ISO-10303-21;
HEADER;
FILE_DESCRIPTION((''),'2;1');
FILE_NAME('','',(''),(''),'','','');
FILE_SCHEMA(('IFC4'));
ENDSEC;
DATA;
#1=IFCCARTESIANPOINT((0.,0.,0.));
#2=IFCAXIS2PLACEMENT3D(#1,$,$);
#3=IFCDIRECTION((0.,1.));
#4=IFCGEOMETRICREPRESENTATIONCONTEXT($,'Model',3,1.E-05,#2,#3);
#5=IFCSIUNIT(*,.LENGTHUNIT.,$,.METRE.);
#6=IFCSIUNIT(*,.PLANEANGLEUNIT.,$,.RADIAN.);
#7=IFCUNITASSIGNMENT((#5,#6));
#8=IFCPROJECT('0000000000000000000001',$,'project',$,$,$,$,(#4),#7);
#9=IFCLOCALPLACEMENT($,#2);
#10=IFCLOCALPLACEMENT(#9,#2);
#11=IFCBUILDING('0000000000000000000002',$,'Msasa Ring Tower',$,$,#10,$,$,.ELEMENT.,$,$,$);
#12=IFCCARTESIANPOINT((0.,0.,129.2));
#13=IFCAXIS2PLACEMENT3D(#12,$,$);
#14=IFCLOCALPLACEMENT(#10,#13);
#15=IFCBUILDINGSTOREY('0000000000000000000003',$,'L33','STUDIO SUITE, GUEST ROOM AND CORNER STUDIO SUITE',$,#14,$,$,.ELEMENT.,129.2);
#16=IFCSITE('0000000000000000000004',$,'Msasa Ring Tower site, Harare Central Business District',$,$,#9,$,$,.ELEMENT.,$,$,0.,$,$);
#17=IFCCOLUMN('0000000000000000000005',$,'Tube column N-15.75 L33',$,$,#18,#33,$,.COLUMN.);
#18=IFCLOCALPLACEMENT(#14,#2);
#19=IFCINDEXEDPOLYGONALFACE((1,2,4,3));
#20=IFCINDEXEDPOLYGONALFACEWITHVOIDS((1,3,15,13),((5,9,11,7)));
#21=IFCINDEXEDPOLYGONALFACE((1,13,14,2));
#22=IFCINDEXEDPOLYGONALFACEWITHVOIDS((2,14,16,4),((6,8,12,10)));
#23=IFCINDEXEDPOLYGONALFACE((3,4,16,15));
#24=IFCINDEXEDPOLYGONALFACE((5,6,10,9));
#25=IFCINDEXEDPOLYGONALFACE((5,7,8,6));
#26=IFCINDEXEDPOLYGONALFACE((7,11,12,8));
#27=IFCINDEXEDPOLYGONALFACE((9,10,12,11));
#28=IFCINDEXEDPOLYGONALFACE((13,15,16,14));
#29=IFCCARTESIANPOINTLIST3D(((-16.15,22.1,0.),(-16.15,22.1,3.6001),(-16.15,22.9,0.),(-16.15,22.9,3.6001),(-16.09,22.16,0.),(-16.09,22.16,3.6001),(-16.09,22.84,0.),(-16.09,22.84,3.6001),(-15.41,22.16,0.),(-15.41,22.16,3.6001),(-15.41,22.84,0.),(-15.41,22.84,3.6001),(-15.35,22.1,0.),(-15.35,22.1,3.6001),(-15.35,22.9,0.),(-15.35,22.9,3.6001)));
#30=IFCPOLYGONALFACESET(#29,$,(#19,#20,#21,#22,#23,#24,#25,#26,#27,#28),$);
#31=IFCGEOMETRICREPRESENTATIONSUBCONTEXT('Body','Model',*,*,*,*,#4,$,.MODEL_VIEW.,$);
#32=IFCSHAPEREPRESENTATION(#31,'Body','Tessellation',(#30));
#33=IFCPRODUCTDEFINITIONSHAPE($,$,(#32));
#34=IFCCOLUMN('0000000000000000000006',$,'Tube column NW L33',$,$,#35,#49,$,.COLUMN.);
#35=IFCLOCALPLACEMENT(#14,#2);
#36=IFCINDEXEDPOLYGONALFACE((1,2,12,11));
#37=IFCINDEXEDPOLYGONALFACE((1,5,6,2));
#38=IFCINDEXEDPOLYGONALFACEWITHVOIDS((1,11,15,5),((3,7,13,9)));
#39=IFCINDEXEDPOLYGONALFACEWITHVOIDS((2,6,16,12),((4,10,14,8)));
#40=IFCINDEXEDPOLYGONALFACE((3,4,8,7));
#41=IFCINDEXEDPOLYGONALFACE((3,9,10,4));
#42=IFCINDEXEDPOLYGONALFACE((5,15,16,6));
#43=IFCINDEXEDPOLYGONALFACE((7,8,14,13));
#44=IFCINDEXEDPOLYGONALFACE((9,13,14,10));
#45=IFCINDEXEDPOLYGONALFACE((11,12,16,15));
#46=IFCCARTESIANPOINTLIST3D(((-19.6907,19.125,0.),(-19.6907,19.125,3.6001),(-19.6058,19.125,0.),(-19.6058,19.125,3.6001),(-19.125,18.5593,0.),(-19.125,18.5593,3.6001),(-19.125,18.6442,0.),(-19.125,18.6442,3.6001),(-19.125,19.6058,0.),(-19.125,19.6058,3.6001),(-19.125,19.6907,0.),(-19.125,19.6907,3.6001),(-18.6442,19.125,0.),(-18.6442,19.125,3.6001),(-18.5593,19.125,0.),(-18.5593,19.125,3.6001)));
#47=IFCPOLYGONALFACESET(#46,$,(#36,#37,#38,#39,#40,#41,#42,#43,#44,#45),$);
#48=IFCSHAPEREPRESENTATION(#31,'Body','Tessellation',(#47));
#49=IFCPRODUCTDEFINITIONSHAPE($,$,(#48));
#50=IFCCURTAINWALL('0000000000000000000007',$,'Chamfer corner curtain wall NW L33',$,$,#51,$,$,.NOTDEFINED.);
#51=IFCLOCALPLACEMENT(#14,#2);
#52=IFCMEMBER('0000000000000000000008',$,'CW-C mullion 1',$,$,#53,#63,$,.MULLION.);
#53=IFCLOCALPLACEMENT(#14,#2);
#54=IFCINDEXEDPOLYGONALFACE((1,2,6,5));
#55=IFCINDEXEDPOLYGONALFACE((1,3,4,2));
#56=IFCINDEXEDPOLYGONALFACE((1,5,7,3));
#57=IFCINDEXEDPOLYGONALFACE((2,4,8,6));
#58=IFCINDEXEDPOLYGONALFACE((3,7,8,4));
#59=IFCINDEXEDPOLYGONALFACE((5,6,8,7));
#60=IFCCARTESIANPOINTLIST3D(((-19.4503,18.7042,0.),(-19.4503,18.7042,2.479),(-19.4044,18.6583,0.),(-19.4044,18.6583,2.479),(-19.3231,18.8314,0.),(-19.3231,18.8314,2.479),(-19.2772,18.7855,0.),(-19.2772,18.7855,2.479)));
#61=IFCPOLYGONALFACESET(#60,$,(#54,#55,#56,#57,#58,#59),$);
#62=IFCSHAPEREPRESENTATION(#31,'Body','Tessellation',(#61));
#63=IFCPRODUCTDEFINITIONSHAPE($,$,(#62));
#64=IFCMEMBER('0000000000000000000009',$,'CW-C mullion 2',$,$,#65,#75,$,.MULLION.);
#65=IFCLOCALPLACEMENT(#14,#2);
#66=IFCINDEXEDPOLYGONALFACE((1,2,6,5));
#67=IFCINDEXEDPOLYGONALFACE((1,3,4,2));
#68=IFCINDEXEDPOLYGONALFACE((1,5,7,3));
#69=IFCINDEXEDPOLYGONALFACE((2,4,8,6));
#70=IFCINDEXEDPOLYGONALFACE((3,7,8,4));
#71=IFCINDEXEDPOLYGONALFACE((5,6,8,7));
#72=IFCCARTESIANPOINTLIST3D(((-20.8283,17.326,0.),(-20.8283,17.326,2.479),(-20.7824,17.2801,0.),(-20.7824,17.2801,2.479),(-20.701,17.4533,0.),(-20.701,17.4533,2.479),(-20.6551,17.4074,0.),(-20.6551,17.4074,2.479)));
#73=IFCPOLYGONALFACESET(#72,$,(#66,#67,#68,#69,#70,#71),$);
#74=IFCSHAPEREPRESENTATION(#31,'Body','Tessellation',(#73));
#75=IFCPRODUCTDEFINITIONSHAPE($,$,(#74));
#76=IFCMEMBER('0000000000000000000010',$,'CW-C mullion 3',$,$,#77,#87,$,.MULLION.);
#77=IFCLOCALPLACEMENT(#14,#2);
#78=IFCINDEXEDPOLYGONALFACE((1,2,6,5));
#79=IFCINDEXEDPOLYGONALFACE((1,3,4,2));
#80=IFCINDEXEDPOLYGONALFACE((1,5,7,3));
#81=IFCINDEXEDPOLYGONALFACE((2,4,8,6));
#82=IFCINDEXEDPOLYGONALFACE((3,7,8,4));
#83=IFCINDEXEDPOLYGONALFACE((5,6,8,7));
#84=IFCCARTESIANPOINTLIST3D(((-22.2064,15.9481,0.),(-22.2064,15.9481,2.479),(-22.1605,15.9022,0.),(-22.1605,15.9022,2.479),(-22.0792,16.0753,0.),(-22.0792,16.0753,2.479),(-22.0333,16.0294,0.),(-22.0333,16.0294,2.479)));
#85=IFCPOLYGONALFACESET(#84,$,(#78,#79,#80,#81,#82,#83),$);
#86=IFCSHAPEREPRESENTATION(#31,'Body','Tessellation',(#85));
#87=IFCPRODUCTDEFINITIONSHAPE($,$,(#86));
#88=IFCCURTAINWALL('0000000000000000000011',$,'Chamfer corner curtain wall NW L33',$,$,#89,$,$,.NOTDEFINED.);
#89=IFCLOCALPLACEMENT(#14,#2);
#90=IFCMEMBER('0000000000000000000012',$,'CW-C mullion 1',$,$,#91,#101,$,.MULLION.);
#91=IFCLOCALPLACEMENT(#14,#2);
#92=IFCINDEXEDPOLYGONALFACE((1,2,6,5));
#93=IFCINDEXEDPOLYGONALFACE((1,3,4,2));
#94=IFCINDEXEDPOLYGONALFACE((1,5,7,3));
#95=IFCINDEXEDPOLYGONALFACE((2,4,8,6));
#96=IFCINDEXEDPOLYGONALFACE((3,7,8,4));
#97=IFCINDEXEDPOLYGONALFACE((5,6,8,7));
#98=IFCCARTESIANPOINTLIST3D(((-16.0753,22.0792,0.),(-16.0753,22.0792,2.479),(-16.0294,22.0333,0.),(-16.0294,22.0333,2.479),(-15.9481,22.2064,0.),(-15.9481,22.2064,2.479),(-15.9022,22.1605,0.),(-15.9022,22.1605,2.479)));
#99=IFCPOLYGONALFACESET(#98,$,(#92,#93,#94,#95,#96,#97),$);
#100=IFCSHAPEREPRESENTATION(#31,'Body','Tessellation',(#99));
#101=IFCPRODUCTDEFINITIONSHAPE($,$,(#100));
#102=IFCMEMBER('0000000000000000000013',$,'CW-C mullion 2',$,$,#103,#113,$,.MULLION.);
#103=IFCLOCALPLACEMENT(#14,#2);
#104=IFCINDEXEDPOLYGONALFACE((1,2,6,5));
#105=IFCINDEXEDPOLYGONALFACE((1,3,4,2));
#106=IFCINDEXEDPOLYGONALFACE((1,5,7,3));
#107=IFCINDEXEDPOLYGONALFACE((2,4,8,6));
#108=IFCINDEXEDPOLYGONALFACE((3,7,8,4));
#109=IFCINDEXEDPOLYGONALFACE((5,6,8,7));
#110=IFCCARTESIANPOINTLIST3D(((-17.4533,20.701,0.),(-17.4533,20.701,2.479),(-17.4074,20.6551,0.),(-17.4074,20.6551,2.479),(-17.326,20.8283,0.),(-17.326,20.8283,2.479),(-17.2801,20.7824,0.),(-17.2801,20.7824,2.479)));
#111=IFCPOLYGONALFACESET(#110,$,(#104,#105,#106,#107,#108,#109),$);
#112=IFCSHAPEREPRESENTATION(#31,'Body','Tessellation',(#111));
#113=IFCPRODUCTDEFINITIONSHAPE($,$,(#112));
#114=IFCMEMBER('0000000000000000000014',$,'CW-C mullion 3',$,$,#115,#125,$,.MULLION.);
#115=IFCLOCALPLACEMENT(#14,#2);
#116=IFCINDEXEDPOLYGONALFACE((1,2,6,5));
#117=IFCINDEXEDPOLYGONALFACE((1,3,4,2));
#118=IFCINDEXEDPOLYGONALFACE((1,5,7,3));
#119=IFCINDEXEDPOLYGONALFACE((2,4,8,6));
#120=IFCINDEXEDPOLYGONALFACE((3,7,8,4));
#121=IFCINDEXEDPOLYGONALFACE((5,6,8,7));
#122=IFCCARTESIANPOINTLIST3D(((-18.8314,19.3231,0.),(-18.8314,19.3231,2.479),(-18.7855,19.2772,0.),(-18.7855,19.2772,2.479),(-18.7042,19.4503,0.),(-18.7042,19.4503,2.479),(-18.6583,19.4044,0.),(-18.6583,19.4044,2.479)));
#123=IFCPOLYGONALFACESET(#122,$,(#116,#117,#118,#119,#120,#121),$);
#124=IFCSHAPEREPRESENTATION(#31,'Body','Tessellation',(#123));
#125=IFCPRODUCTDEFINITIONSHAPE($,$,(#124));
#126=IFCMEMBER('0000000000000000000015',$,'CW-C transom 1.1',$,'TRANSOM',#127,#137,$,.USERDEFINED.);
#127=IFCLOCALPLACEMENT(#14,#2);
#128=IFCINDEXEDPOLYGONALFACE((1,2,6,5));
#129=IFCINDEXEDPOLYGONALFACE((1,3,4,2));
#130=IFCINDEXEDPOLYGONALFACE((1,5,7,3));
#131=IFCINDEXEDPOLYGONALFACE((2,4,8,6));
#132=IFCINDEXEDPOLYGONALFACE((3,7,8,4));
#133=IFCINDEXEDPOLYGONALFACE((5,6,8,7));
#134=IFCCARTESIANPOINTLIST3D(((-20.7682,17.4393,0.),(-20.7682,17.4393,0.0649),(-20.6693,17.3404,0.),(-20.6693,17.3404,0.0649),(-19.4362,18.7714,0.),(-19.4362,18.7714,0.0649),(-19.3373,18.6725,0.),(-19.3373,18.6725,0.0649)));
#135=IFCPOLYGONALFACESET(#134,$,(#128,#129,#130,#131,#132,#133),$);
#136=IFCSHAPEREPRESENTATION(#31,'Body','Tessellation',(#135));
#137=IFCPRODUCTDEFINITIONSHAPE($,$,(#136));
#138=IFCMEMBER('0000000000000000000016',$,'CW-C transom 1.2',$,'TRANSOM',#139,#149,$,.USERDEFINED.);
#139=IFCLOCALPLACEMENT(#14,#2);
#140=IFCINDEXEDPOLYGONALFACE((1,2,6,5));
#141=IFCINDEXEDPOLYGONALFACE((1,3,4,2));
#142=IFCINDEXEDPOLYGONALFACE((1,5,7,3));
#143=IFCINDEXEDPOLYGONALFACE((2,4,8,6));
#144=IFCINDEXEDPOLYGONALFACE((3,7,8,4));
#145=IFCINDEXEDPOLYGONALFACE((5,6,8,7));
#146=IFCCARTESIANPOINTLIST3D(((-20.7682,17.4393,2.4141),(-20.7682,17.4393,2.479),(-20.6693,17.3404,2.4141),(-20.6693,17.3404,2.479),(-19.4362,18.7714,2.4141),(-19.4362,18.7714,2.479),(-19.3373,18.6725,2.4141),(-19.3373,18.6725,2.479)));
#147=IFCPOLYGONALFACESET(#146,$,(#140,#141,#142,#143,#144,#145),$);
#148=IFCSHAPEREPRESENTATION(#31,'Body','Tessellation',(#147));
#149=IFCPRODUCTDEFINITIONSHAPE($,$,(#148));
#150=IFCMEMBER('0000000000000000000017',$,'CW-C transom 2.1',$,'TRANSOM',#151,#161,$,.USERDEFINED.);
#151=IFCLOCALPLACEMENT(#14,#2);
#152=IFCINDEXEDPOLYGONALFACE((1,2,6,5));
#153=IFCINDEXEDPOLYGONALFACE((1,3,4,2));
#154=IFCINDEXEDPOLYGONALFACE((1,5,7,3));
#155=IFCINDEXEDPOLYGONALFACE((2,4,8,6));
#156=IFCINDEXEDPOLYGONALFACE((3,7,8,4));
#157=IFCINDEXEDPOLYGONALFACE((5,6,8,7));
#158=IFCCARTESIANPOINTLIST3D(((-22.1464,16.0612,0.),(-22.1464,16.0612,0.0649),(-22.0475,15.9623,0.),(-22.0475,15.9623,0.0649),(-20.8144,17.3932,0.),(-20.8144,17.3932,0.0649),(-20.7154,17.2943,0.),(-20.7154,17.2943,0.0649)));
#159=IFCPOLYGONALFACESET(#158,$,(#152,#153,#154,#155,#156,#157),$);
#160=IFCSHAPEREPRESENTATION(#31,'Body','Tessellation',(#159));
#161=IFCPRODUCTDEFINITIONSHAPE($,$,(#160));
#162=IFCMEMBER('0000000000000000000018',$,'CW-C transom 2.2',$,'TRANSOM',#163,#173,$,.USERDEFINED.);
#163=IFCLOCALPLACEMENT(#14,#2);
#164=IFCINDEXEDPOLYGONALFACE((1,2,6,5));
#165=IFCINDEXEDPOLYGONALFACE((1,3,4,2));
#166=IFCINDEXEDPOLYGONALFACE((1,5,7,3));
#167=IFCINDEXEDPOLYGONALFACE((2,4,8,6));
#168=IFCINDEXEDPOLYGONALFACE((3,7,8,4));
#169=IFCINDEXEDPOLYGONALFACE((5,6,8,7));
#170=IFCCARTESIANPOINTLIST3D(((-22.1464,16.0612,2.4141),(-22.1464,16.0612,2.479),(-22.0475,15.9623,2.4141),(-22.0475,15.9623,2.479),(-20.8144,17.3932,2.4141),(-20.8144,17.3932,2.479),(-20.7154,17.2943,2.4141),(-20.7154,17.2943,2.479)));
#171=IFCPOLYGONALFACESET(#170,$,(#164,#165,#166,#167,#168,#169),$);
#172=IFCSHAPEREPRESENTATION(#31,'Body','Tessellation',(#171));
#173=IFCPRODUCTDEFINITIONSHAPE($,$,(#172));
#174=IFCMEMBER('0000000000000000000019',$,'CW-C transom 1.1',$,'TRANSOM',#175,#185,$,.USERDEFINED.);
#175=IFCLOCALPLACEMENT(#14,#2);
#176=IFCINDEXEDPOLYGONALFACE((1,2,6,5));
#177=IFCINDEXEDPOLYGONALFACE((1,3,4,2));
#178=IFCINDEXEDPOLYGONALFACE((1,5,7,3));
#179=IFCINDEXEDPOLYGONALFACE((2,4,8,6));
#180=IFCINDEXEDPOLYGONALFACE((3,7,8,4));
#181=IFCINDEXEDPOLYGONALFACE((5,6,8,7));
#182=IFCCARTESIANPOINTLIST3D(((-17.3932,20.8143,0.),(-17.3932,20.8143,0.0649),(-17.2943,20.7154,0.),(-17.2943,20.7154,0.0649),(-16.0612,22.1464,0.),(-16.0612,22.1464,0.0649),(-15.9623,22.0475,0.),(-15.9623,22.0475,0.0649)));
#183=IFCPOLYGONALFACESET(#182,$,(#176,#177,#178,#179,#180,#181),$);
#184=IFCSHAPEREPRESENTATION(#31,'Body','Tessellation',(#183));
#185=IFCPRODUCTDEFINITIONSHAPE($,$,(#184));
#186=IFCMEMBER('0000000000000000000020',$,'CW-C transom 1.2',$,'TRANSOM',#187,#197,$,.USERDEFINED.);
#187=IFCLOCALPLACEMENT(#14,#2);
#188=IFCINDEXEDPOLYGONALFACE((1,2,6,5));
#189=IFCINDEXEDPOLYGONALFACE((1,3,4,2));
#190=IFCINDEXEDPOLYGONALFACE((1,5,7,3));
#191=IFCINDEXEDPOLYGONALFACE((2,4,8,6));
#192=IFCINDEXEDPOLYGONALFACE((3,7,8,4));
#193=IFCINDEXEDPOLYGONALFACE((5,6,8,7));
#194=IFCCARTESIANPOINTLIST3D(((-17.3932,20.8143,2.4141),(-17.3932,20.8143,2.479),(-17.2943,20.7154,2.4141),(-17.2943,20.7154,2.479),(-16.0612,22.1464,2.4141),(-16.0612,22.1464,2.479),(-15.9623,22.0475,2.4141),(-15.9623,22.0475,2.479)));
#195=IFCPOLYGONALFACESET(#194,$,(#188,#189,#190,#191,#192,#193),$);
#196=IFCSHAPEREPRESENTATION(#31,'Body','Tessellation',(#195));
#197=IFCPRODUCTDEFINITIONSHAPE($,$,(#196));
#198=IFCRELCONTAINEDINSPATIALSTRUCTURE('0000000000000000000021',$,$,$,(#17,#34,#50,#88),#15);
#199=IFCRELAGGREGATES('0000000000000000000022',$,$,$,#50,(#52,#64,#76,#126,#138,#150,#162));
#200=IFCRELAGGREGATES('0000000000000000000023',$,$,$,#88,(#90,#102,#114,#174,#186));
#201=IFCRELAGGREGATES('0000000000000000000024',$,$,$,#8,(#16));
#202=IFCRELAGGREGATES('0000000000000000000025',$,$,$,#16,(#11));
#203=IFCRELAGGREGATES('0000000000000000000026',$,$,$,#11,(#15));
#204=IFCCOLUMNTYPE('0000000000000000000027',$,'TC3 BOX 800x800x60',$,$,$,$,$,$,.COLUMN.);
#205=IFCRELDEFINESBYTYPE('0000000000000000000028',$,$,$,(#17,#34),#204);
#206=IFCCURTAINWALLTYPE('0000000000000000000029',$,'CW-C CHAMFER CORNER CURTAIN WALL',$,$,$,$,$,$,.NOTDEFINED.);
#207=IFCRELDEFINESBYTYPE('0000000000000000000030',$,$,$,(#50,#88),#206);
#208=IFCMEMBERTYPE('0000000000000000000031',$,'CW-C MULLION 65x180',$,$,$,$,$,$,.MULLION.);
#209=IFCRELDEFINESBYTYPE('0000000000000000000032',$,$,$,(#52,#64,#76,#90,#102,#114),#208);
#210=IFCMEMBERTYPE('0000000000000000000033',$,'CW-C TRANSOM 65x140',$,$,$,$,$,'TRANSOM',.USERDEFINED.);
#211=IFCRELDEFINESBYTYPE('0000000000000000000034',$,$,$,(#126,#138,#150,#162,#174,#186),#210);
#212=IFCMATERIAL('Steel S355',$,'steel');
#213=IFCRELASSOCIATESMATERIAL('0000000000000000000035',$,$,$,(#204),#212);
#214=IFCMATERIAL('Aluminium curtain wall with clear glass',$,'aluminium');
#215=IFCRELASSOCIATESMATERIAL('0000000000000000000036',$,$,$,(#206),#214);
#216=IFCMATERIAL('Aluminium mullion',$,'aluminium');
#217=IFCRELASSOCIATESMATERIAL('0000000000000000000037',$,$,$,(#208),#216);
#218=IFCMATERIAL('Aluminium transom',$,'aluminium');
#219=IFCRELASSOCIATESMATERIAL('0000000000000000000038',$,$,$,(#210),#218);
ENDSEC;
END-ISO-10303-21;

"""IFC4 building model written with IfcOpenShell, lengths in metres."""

from ifc_helpers import new_model, si_unit, direction, frame, origin, origin_2d, place, context, subcontext, project, spatial, rectangle, hollow_rectangle, extrude, material, material_profile, profile_set, type_object, element, aggregate, save


model = new_model("IFC4")

# Units and contexts
model_context = context("Model", 3, precision=1e-05, world=origin(), true_north=direction((0.0, 1.0)))
body_context = subcontext(model_context, "Body", "Model", "MODEL_VIEW")
ifc_project = project(units=[si_unit("LENGTHUNIT", "METRE"), si_unit("PLANEANGLEUNIT", "RADIAN")], contexts=[model_context])

# Site, building, storey
site_placement = place(None, origin())
site = spatial("IfcSite", under=ifc_project, at=site_placement, Name="Msasa Ring Tower site, Harare Central Business District", CompositionType="ELEMENT", RefElevation=0.0)
building_placement = place(site_placement, origin())
building = spatial("IfcBuilding", under=site, at=building_placement, Name="Msasa Ring Tower", CompositionType="ELEMENT")
storey_placement = place(building_placement, frame((0.0, 0.0, 129.2)))
storey = spatial("IfcBuildingStorey", under=building, at=storey_placement, Name="L33", Description="STUDIO SUITE, GUEST ROOM AND CORNER STUDIO SUITE", CompositionType="ELEMENT", Elevation=129.2)

# Columns
ifc_material_1 = material(Name="Steel S355", Category="steel")
ifc_material_profile_1 = material_profile(ifc_material_1, hollow_rectangle(XDim=0.8, YDim=0.8, WallThickness=0.0601, at=origin_2d()), Name="BOX 800x800x60")
ifc_profile_set_1 = profile_set([ifc_material_profile_1], Name="Steel S355")
column_type = type_object("IfcColumnType", Name="TC3 BOX 800x800x60", PredefinedType="COLUMN", material=ifc_profile_set_1)
for number, where, z_axis, x_axis, name in (
    (1, (-15.75, 22.5, 0.0), (0.0, 0.0, 1.0), (0.0, 1.0, 0.0), "Tube column N-15.75 L33"),
    (2, (-19.125, 19.125, 0.0), (0.0, 0.0, 1.0), (0.707107, -0.707107, 0.0), "Tube column NW L33"),
):
    element("IfcColumn", number, at=place(storey_placement, frame(where, z_axis=z_axis, x_axis=x_axis)), inside=storey, type_object=column_type, Name=name, PredefinedType="COLUMN", context=body_context, shape_type="SweptSolid", body=[
        extrude(hollow_rectangle(XDim=0.8, YDim=0.8, WallThickness=0.0601, at=origin_2d()), origin(), (0.0, 0.0, 1.0), 3.6001),
    ])

# Curtain walls, members
ifc_material_2 = material(Name="Aluminium curtain wall with clear glass", Category="aluminium")
curtain_wall_type = type_object("IfcCurtainWallType", Name="CW-C CHAMFER CORNER CURTAIN WALL", PredefinedType="NOTDEFINED", material=ifc_material_2)
curtain_wall_1_placement = place(storey_placement, origin())
curtain_wall_1 = element("IfcCurtainWall", 3, at=curtain_wall_1_placement, inside=storey, type_object=curtain_wall_type, Name="Chamfer corner curtain wall NW L33", PredefinedType="NOTDEFINED")
ifc_material_3 = material(Name="Aluminium mullion", Category="aluminium")
ifc_material_profile_2 = material_profile(ifc_material_3, rectangle(XDim=0.0649, YDim=0.1799, at=origin_2d()), Name="AL 65x180")
ifc_profile_set_2 = profile_set([ifc_material_profile_2], Name="Aluminium mullion")
member_type_1 = type_object("IfcMemberType", Name="CW-C MULLION 65x180", PredefinedType="MULLION", material=ifc_profile_set_2)
member_1_placement = place(storey_placement, frame((-19.3638, 18.7449, 0.0), z_axis=(0.0, 0.0, 1.0), x_axis=(0.707107, -0.707107, 0.0)))
member_1 = element("IfcMember", 4, at=member_1_placement, type_object=member_type_1, Name="CW-C mullion 1", PredefinedType="MULLION", context=body_context, shape_type="SweptSolid", body=[
    extrude(rectangle(XDim=0.0649, YDim=0.1799, at=origin_2d()), origin(), (0.0, 0.0, 1.0), 2.479),
])
member_2_placement = place(storey_placement, frame((-20.7417, 17.3667, 0.0), z_axis=(0.0, 0.0, 1.0), x_axis=(0.707107, -0.707107, 0.0)))
member_2 = element("IfcMember", 5, at=member_2_placement, type_object=member_type_1, Name="CW-C mullion 2", PredefinedType="MULLION", context=body_context, shape_type="SweptSolid", body=[
    extrude(rectangle(XDim=0.0649, YDim=0.1799, at=origin_2d()), origin(), (0.0, 0.0, 1.0), 2.479),
])
member_3_placement = place(storey_placement, frame((-22.1199, 15.9888, 0.0), z_axis=(0.0, 0.0, 1.0), x_axis=(0.707107, -0.707107, 0.0)))
member_3 = element("IfcMember", 6, at=member_3_placement, type_object=member_type_1, Name="CW-C mullion 3", PredefinedType="MULLION", context=body_context, shape_type="SweptSolid", body=[
    extrude(rectangle(XDim=0.0649, YDim=0.1799, at=origin_2d()), origin(), (0.0, 0.0, 1.0), 2.479),
])
curtain_wall_2_placement = place(storey_placement, origin())
curtain_wall_2 = element("IfcCurtainWall", 7, at=curtain_wall_2_placement, inside=storey, type_object=curtain_wall_type, Name="Chamfer corner curtain wall NW L33", PredefinedType="NOTDEFINED")
member_4_placement = place(storey_placement, frame((-15.9888, 22.1199, 0.0), z_axis=(0.0, 0.0, 1.0), x_axis=(0.707107, -0.707107, 0.0)))
member_4 = element("IfcMember", 8, at=member_4_placement, type_object=member_type_1, Name="CW-C mullion 1", PredefinedType="MULLION", context=body_context, shape_type="SweptSolid", body=[
    extrude(rectangle(XDim=0.0649, YDim=0.1799, at=origin_2d()), origin(), (0.0, 0.0, 1.0), 2.479),
])
member_5_placement = place(storey_placement, frame((-17.3667, 20.7417, 0.0), z_axis=(0.0, 0.0, 1.0), x_axis=(0.707107, -0.707107, 0.0)))
member_5 = element("IfcMember", 9, at=member_5_placement, type_object=member_type_1, Name="CW-C mullion 2", PredefinedType="MULLION", context=body_context, shape_type="SweptSolid", body=[
    extrude(rectangle(XDim=0.0649, YDim=0.1799, at=origin_2d()), origin(), (0.0, 0.0, 1.0), 2.479),
])
member_6_placement = place(storey_placement, frame((-18.7449, 19.3638, 0.0), z_axis=(0.0, 0.0, 1.0), x_axis=(0.707107, -0.707107, 0.0)))
member_6 = element("IfcMember", 10, at=member_6_placement, type_object=member_type_1, Name="CW-C mullion 3", PredefinedType="MULLION", context=body_context, shape_type="SweptSolid", body=[
    extrude(rectangle(XDim=0.0649, YDim=0.1799, at=origin_2d()), origin(), (0.0, 0.0, 1.0), 2.479),
])

# Members
ifc_material_4 = material(Name="Aluminium transom", Category="aluminium")
ifc_material_profile_3 = material_profile(ifc_material_4, rectangle(XDim=0.1399, YDim=0.0649, at=origin_2d()), Name="AL 65x140")
ifc_profile_set_3 = profile_set([ifc_material_profile_3], Name="Aluminium transom")
member_type_2 = type_object("IfcMemberType", Name="CW-C TRANSOM 65x140", ElementType="TRANSOM", PredefinedType="USERDEFINED", material=ifc_profile_set_3)
member_7_placement = place(storey_placement, frame((-19.3867, 18.7219, 0.0325), z_axis=(-0.707107, -0.707107, 0.0), x_axis=(0.707107, -0.707107, 0.0)))
member_7 = element("IfcMember", 11, at=member_7_placement, type_object=member_type_2, Name="CW-C transom 1.1", ObjectType="TRANSOM", PredefinedType="USERDEFINED", context=body_context, shape_type="SweptSolid", body=[
    extrude(rectangle(XDim=0.1399, YDim=0.0649, at=origin_2d()), origin(), (0.0, 0.0, 1.0), 1.8838),
])
member_8_placement = place(storey_placement, frame((-19.3867, 18.7219, 2.4465), z_axis=(-0.707107, -0.707107, 0.0), x_axis=(0.707107, -0.707107, 0.0)))
member_8 = element("IfcMember", 12, at=member_8_placement, type_object=member_type_2, Name="CW-C transom 1.2", ObjectType="TRANSOM", PredefinedType="USERDEFINED", context=body_context, shape_type="SweptSolid", body=[
    extrude(rectangle(XDim=0.1399, YDim=0.0649, at=origin_2d()), origin(), (0.0, 0.0, 1.0), 1.8838),
])
member_9_placement = place(storey_placement, frame((-20.7649, 17.3438, 0.0325), z_axis=(-0.707107, -0.707107, 0.0), x_axis=(0.707107, -0.707107, 0.0)))
member_9 = element("IfcMember", 13, at=member_9_placement, type_object=member_type_2, Name="CW-C transom 2.1", ObjectType="TRANSOM", PredefinedType="USERDEFINED", context=body_context, shape_type="SweptSolid", body=[
    extrude(rectangle(XDim=0.1399, YDim=0.0649, at=origin_2d()), origin(), (0.0, 0.0, 1.0), 1.8838),
])
member_10_placement = place(storey_placement, frame((-20.7649, 17.3438, 2.4465), z_axis=(-0.707107, -0.707107, 0.0), x_axis=(0.707107, -0.707107, 0.0)))
member_10 = element("IfcMember", 14, at=member_10_placement, type_object=member_type_2, Name="CW-C transom 2.2", ObjectType="TRANSOM", PredefinedType="USERDEFINED", context=body_context, shape_type="SweptSolid", body=[
    extrude(rectangle(XDim=0.1399, YDim=0.0649, at=origin_2d()), origin(), (0.0, 0.0, 1.0), 1.8838),
])
member_11_placement = place(storey_placement, frame((-16.0117, 22.0969, 0.0325), z_axis=(-0.707107, -0.707107, 0.0), x_axis=(0.707107, -0.707107, 0.0)))
member_11 = element("IfcMember", 15, at=member_11_placement, type_object=member_type_2, Name="CW-C transom 1.1", ObjectType="TRANSOM", PredefinedType="USERDEFINED", context=body_context, shape_type="SweptSolid", body=[
    extrude(rectangle(XDim=0.1399, YDim=0.0649, at=origin_2d()), origin(), (0.0, 0.0, 1.0), 1.8838),
])
member_12_placement = place(storey_placement, frame((-16.0117, 22.0969, 2.4465), z_axis=(-0.707107, -0.707107, 0.0), x_axis=(0.707107, -0.707107, 0.0)))
member_12 = element("IfcMember", 16, at=member_12_placement, type_object=member_type_2, Name="CW-C transom 1.2", ObjectType="TRANSOM", PredefinedType="USERDEFINED", context=body_context, shape_type="SweptSolid", body=[
    extrude(rectangle(XDim=0.1399, YDim=0.0649, at=origin_2d()), origin(), (0.0, 0.0, 1.0), 1.8838),
])

aggregate(curtain_wall_1, [member_1, member_2, member_3, member_7, member_8, member_9, member_10])
aggregate(curtain_wall_2, [member_4, member_5, member_6, member_11, member_12])

save(model, "model.ifc")
